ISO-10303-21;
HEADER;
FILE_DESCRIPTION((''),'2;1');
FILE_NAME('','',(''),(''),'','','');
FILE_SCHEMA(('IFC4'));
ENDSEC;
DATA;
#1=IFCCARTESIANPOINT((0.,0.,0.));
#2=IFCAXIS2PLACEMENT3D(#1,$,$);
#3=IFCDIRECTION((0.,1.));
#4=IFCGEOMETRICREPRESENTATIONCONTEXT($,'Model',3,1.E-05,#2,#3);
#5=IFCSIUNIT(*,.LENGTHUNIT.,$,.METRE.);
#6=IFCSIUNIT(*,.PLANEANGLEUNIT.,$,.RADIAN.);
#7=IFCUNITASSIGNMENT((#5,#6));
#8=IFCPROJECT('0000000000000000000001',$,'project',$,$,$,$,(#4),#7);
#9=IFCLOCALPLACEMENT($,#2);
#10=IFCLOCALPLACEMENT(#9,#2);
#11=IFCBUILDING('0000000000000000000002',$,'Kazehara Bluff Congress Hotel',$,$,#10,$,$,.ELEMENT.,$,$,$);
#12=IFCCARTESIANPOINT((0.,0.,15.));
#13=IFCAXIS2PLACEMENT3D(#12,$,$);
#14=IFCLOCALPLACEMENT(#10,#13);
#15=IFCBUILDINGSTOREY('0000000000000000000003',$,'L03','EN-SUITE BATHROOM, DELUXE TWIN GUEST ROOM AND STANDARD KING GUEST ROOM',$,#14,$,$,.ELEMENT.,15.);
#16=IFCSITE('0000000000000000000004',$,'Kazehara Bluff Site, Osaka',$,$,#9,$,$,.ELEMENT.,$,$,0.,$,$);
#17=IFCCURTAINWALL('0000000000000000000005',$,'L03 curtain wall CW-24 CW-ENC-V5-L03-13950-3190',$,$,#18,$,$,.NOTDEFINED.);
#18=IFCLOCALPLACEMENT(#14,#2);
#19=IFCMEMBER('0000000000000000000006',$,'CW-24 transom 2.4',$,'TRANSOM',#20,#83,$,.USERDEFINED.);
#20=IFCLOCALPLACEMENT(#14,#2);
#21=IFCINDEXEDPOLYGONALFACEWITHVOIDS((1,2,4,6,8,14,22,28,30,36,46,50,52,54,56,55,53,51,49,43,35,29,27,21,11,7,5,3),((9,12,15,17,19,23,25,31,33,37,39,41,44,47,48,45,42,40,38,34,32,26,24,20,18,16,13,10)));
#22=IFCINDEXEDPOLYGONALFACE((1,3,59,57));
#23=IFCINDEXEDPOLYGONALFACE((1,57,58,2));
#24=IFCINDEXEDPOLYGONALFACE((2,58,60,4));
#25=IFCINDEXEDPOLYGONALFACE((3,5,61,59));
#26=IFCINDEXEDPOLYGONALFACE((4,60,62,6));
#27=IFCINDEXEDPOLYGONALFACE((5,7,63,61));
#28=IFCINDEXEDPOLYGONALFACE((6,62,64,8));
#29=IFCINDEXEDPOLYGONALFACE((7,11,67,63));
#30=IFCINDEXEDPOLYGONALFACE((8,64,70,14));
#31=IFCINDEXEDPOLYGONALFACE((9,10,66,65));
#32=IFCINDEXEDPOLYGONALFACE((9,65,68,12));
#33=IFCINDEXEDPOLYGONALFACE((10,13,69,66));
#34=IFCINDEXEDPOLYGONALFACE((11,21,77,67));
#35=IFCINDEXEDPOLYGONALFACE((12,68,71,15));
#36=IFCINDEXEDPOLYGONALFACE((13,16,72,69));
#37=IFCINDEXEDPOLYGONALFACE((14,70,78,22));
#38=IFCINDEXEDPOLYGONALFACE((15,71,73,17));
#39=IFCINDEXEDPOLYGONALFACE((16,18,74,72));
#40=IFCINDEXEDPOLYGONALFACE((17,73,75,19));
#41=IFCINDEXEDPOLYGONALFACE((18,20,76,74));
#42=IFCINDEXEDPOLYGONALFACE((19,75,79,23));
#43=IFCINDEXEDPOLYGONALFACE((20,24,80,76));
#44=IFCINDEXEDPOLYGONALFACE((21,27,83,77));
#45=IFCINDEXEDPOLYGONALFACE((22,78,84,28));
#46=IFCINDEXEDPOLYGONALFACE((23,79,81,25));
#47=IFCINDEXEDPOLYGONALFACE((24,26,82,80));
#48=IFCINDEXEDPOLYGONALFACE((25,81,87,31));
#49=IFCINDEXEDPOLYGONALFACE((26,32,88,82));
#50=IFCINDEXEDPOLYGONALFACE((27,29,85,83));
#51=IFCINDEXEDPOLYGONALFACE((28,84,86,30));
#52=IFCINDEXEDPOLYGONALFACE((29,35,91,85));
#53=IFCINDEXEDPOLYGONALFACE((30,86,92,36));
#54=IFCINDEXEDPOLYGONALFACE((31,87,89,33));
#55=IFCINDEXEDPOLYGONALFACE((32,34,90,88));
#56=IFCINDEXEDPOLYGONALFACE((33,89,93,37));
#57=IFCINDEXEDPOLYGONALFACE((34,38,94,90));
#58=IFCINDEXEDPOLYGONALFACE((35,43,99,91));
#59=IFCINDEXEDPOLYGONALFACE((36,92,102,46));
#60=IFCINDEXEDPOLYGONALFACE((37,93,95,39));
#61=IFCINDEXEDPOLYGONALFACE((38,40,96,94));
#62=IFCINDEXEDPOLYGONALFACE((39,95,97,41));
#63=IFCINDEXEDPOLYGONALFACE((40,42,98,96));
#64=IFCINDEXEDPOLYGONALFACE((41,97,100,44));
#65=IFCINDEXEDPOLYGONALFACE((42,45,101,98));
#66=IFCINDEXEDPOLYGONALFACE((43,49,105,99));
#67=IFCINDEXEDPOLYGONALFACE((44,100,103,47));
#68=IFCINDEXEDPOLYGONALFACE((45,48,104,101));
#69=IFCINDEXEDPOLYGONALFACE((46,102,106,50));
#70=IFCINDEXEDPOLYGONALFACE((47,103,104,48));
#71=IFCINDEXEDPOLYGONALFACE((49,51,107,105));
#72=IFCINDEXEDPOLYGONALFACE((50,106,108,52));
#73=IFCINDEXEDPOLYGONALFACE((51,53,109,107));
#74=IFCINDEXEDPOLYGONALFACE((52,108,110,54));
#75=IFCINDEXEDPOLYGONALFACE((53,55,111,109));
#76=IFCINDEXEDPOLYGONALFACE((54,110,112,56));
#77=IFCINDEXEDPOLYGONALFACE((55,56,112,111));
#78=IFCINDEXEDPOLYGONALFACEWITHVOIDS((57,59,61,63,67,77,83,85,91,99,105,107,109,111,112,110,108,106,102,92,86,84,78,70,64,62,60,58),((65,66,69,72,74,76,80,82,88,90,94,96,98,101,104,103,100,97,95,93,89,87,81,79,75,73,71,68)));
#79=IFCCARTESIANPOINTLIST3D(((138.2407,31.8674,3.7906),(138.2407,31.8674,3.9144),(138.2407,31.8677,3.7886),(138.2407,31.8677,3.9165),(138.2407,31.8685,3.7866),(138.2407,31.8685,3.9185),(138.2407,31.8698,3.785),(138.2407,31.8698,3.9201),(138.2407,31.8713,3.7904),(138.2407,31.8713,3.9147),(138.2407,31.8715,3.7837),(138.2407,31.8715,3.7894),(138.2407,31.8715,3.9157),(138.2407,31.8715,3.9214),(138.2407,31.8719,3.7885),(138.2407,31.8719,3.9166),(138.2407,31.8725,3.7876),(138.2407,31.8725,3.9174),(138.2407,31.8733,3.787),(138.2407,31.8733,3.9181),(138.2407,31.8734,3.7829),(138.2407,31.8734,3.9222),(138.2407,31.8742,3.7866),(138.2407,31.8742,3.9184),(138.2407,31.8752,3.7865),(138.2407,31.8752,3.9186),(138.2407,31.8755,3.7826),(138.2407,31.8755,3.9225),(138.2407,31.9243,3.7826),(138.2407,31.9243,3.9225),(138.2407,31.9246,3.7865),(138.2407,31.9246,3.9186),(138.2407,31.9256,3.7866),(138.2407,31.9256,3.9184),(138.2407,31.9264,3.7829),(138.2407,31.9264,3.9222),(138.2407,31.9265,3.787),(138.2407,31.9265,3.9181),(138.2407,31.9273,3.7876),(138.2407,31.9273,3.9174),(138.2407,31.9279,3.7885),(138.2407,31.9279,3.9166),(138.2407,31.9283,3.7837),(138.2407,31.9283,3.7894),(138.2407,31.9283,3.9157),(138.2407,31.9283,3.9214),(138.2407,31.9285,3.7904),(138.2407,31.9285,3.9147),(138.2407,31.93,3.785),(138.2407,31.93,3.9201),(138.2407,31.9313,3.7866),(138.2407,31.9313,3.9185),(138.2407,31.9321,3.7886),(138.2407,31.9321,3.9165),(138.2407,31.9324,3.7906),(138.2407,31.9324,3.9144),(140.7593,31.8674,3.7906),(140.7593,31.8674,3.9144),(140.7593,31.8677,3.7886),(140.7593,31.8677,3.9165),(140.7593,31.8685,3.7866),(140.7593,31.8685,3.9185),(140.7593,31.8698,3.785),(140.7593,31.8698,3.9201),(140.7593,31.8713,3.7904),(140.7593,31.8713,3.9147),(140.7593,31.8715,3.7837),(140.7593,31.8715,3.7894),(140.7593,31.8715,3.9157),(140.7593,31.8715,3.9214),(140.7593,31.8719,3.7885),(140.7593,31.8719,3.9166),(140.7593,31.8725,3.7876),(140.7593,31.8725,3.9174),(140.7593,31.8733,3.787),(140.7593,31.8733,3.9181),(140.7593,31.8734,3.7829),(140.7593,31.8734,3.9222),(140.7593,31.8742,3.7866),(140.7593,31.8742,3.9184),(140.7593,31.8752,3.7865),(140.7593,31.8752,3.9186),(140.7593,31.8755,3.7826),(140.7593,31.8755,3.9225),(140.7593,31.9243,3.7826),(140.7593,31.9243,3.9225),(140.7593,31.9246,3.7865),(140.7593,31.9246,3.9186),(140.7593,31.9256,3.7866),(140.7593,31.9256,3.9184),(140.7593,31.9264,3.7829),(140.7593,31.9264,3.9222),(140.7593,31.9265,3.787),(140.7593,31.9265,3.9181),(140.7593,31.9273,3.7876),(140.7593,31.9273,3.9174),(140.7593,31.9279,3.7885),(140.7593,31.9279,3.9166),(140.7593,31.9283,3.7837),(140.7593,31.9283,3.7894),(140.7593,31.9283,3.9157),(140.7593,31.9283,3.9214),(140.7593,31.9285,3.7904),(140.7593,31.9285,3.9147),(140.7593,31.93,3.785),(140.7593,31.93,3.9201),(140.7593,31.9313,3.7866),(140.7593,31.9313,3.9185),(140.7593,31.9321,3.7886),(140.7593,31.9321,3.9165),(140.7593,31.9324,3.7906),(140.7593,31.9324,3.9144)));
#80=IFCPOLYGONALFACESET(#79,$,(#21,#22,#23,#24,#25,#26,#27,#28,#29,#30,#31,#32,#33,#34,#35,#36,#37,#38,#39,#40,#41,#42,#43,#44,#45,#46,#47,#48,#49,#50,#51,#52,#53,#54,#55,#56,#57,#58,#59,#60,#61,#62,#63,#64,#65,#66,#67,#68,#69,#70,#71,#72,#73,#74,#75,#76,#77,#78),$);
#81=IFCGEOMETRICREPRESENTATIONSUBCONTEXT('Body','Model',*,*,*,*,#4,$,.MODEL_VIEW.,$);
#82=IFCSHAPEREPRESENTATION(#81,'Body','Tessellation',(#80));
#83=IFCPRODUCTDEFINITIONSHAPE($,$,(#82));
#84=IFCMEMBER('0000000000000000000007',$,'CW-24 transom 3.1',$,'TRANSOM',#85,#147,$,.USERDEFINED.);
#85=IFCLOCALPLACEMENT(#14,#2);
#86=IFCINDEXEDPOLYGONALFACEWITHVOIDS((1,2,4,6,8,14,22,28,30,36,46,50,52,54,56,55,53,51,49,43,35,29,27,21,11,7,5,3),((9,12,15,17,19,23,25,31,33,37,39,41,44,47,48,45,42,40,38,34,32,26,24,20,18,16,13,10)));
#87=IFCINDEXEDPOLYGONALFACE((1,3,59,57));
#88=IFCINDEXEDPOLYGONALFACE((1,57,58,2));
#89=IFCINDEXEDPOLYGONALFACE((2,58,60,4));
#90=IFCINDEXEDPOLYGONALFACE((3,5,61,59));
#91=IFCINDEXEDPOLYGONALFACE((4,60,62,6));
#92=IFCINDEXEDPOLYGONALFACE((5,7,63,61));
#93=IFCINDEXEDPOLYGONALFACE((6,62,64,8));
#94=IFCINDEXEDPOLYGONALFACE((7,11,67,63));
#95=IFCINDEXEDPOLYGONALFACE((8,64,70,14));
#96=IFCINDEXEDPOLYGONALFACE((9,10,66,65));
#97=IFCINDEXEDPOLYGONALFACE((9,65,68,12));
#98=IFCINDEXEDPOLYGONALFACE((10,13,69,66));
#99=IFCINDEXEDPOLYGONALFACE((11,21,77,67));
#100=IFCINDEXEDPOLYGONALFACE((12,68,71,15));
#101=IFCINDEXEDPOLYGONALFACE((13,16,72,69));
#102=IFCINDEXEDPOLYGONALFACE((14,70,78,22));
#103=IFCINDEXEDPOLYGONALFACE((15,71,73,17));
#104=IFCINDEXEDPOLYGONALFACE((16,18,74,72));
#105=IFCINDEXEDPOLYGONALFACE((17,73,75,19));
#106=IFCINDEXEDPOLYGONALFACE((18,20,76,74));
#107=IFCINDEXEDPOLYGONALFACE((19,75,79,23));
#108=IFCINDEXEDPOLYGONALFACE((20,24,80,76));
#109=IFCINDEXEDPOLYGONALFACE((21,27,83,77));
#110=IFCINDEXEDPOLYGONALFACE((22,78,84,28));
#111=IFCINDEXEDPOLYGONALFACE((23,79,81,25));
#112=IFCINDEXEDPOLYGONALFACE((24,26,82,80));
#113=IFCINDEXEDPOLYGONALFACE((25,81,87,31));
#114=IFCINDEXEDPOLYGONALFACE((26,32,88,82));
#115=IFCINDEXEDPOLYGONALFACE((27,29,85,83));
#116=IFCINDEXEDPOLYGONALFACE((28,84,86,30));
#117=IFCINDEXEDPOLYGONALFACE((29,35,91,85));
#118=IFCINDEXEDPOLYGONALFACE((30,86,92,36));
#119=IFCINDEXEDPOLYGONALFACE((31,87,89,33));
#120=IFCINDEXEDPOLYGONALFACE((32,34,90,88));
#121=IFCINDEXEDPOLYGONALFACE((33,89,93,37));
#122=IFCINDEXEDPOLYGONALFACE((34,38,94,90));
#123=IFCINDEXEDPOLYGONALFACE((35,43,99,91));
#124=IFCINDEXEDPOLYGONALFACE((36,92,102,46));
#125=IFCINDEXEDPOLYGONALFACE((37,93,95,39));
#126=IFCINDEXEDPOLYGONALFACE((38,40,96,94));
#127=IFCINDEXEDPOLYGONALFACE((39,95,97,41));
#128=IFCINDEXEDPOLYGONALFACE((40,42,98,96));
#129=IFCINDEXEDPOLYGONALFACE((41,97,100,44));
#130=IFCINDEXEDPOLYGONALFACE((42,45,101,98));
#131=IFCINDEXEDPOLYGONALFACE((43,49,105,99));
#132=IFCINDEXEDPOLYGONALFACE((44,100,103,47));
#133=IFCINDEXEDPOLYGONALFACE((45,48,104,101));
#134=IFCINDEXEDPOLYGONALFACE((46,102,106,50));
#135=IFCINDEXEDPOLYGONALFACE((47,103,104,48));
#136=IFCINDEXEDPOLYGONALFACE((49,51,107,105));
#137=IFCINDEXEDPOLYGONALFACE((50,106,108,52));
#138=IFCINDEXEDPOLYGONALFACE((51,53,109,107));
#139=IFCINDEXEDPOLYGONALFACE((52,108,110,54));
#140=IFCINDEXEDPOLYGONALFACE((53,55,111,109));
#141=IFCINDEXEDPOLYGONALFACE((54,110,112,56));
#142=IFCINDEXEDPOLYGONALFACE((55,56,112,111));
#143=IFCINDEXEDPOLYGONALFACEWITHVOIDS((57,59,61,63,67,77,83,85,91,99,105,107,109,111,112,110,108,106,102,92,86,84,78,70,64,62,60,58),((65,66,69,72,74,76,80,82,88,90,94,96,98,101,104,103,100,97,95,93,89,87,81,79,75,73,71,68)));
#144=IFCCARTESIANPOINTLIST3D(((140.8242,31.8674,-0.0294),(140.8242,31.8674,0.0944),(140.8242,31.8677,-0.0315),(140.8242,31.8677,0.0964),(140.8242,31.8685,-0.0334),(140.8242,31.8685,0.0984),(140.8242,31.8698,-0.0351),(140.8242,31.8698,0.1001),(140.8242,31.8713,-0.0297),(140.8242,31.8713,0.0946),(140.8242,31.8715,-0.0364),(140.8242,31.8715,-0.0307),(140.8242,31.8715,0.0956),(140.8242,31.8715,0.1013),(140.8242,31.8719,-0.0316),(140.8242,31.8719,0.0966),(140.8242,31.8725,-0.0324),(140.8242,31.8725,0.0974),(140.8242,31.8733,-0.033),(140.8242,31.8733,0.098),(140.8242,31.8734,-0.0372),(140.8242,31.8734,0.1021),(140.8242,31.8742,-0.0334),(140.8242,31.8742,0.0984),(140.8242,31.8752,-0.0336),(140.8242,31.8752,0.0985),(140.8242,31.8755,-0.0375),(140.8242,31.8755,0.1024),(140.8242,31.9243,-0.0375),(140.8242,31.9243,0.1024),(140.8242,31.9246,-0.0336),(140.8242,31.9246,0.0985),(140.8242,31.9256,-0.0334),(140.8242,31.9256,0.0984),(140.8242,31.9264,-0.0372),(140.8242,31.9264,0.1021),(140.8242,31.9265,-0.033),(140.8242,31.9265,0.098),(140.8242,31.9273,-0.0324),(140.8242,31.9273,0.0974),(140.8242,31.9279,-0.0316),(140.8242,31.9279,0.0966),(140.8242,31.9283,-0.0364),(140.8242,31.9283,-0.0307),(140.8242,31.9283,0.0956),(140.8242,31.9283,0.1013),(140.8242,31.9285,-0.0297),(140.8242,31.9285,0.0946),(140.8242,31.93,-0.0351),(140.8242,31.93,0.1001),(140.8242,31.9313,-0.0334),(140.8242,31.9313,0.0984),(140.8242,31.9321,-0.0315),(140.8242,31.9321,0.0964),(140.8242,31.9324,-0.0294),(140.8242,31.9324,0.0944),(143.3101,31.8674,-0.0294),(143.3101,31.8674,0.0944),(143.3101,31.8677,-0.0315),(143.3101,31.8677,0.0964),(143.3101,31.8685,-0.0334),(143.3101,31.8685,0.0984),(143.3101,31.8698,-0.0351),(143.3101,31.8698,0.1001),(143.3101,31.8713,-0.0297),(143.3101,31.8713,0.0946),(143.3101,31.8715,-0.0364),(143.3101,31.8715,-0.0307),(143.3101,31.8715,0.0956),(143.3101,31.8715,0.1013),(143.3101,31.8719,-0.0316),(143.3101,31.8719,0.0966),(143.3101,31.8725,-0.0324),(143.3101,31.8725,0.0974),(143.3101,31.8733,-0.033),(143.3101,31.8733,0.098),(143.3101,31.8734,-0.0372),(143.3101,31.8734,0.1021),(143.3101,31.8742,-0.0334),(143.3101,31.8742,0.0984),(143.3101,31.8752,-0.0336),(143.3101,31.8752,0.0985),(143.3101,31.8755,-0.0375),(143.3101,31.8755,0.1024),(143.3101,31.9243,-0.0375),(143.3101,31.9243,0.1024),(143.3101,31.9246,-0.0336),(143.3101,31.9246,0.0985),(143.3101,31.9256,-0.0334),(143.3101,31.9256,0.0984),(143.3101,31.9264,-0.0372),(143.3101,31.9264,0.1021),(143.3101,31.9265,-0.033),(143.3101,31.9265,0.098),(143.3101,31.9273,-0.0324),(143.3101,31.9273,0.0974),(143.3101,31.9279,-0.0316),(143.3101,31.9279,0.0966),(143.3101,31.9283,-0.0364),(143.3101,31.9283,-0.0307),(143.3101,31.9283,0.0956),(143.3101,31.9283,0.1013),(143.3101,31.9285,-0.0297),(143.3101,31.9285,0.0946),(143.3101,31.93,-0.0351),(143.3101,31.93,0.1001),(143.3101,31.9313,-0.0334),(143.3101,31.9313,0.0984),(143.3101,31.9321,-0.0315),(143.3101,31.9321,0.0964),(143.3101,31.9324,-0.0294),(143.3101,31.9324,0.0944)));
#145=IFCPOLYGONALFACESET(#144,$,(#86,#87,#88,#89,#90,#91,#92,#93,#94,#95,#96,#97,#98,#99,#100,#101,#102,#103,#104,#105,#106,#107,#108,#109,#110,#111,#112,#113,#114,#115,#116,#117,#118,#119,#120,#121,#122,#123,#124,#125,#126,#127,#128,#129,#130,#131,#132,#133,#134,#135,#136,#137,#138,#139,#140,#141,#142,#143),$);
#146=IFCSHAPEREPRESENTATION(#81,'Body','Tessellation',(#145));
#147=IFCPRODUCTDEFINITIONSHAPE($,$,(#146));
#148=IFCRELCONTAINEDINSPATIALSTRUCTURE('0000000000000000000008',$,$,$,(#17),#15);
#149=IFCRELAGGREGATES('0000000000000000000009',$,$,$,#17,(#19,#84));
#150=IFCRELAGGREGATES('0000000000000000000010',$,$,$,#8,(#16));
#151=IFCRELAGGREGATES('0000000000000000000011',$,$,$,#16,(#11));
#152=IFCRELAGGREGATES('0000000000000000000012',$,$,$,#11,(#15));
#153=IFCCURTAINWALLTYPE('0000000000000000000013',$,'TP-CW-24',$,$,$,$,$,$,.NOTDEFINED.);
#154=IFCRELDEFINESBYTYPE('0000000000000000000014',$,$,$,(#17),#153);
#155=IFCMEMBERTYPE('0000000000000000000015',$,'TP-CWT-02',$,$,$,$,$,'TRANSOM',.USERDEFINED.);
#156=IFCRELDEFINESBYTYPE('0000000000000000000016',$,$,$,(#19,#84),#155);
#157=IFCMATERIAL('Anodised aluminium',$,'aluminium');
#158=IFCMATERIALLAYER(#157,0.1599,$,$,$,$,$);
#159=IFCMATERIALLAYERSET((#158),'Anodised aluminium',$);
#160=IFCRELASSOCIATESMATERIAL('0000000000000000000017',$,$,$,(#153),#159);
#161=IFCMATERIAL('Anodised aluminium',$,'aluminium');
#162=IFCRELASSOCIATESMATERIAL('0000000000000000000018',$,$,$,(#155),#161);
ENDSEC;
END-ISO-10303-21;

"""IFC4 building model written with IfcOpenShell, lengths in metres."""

from ifc_helpers import new_model, si_unit, direction, frame, origin, origin_2d, place, context, subcontext, project, spatial, hollow_rectangle, extrude, material, layer, layer_set, material_profile, profile_set, type_object, element, aggregate, save


model = new_model("IFC4")

# Units and contexts
model_context = context("Model", 3, precision=1e-05, world=origin(), true_north=direction((0.0, 1.0)))
body_context = subcontext(model_context, "Body", "Model", "MODEL_VIEW")
ifc_project = project(units=[si_unit("LENGTHUNIT", "METRE"), si_unit("PLANEANGLEUNIT", "RADIAN")], contexts=[model_context])

# Site, building, storey
site_placement = place(None, origin())
site = spatial("IfcSite", under=ifc_project, at=site_placement, Name="Kazehara Bluff Site, Osaka", CompositionType="ELEMENT", RefElevation=0.0)
building_placement = place(site_placement, origin())
building = spatial("IfcBuilding", under=site, at=building_placement, Name="Kazehara Bluff Congress Hotel", CompositionType="ELEMENT")
storey_placement = place(building_placement, frame((0.0, 0.0, 15.0)))
storey = spatial("IfcBuildingStorey", under=building, at=storey_placement, Name="L03", Description="EN-SUITE BATHROOM, DELUXE TWIN GUEST ROOM AND STANDARD KING GUEST ROOM", CompositionType="ELEMENT", Elevation=15.0)

# Shared definitions
ifc_material_1 = material(Name="Anodised aluminium", Category="aluminium")
ifc_layer_1 = layer(ifc_material_1, 0.1599)
ifc_layer_set_1 = layer_set([ifc_layer_1], Name="Anodised aluminium")
curtain_wall_type = type_object("IfcCurtainWallType", Name="TP-CW-24", PredefinedType="NOTDEFINED", material=ifc_layer_set_1)

# Curtain wall
curtain_wall_1_placement = place(storey_placement, origin())
curtain_wall_1 = element("IfcCurtainWall", 1, at=curtain_wall_1_placement, inside=storey, type_object=curtain_wall_type, Name="L03 curtain wall CW-24 CW-ENC-V5-L03-13950-3190", PredefinedType="NOTDEFINED")

# Members
ifc_material_2 = material(Name="Anodised aluminium", Category="aluminium")
ifc_material_profile_1 = material_profile(ifc_material_2, hollow_rectangle(XDim=0.0649, YDim=0.1399, WallThickness=0.0039, InnerFilletRadius=0.0039, OuterFilletRadius=0.0081, at=origin_2d()))
ifc_profile_set_1 = profile_set([ifc_material_profile_1], Name="Anodised aluminium")
member_type_1 = type_object("IfcMemberType", Name="TP-CWT-02", ElementType="TRANSOM", PredefinedType="USERDEFINED", material=ifc_profile_set_1)
member_1_placement = place(storey_placement, frame((138.2407, 31.8999, 3.8525), z_axis=(1.0, 0.0, 0.0), x_axis=(0.0, 1.0, 0.0)))
member_1 = element("IfcMember", 2, at=member_1_placement, type_object=member_type_1, Name="CW-24 transom 2.4", ObjectType="TRANSOM", PredefinedType="USERDEFINED", context=body_context, shape_type="SweptSolid", body=[
    extrude(hollow_rectangle(XDim=0.0649, YDim=0.1399, WallThickness=0.0039, InnerFilletRadius=0.0039, OuterFilletRadius=0.0081, at=origin_2d()), origin(), (0.0, 0.0, 1.0), 2.5186),
])
member_2_placement = place(storey_placement, frame((140.8242, 31.8999, 0.0325), z_axis=(1.0, 0.0, 0.0), x_axis=(0.0, 1.0, 0.0)))
member_2 = element("IfcMember", 3, at=member_2_placement, type_object=member_type_1, Name="CW-24 transom 3.1", ObjectType="TRANSOM", PredefinedType="USERDEFINED", context=body_context, shape_type="SweptSolid", body=[
    extrude(hollow_rectangle(XDim=0.0649, YDim=0.1399, WallThickness=0.0039, InnerFilletRadius=0.0039, OuterFilletRadius=0.0081, at=origin_2d()), origin(), (0.0, 0.0, 1.0), 2.4858),
])

aggregate(curtain_wall_1, [member_1, member_2])

save(model, "model.ifc")
